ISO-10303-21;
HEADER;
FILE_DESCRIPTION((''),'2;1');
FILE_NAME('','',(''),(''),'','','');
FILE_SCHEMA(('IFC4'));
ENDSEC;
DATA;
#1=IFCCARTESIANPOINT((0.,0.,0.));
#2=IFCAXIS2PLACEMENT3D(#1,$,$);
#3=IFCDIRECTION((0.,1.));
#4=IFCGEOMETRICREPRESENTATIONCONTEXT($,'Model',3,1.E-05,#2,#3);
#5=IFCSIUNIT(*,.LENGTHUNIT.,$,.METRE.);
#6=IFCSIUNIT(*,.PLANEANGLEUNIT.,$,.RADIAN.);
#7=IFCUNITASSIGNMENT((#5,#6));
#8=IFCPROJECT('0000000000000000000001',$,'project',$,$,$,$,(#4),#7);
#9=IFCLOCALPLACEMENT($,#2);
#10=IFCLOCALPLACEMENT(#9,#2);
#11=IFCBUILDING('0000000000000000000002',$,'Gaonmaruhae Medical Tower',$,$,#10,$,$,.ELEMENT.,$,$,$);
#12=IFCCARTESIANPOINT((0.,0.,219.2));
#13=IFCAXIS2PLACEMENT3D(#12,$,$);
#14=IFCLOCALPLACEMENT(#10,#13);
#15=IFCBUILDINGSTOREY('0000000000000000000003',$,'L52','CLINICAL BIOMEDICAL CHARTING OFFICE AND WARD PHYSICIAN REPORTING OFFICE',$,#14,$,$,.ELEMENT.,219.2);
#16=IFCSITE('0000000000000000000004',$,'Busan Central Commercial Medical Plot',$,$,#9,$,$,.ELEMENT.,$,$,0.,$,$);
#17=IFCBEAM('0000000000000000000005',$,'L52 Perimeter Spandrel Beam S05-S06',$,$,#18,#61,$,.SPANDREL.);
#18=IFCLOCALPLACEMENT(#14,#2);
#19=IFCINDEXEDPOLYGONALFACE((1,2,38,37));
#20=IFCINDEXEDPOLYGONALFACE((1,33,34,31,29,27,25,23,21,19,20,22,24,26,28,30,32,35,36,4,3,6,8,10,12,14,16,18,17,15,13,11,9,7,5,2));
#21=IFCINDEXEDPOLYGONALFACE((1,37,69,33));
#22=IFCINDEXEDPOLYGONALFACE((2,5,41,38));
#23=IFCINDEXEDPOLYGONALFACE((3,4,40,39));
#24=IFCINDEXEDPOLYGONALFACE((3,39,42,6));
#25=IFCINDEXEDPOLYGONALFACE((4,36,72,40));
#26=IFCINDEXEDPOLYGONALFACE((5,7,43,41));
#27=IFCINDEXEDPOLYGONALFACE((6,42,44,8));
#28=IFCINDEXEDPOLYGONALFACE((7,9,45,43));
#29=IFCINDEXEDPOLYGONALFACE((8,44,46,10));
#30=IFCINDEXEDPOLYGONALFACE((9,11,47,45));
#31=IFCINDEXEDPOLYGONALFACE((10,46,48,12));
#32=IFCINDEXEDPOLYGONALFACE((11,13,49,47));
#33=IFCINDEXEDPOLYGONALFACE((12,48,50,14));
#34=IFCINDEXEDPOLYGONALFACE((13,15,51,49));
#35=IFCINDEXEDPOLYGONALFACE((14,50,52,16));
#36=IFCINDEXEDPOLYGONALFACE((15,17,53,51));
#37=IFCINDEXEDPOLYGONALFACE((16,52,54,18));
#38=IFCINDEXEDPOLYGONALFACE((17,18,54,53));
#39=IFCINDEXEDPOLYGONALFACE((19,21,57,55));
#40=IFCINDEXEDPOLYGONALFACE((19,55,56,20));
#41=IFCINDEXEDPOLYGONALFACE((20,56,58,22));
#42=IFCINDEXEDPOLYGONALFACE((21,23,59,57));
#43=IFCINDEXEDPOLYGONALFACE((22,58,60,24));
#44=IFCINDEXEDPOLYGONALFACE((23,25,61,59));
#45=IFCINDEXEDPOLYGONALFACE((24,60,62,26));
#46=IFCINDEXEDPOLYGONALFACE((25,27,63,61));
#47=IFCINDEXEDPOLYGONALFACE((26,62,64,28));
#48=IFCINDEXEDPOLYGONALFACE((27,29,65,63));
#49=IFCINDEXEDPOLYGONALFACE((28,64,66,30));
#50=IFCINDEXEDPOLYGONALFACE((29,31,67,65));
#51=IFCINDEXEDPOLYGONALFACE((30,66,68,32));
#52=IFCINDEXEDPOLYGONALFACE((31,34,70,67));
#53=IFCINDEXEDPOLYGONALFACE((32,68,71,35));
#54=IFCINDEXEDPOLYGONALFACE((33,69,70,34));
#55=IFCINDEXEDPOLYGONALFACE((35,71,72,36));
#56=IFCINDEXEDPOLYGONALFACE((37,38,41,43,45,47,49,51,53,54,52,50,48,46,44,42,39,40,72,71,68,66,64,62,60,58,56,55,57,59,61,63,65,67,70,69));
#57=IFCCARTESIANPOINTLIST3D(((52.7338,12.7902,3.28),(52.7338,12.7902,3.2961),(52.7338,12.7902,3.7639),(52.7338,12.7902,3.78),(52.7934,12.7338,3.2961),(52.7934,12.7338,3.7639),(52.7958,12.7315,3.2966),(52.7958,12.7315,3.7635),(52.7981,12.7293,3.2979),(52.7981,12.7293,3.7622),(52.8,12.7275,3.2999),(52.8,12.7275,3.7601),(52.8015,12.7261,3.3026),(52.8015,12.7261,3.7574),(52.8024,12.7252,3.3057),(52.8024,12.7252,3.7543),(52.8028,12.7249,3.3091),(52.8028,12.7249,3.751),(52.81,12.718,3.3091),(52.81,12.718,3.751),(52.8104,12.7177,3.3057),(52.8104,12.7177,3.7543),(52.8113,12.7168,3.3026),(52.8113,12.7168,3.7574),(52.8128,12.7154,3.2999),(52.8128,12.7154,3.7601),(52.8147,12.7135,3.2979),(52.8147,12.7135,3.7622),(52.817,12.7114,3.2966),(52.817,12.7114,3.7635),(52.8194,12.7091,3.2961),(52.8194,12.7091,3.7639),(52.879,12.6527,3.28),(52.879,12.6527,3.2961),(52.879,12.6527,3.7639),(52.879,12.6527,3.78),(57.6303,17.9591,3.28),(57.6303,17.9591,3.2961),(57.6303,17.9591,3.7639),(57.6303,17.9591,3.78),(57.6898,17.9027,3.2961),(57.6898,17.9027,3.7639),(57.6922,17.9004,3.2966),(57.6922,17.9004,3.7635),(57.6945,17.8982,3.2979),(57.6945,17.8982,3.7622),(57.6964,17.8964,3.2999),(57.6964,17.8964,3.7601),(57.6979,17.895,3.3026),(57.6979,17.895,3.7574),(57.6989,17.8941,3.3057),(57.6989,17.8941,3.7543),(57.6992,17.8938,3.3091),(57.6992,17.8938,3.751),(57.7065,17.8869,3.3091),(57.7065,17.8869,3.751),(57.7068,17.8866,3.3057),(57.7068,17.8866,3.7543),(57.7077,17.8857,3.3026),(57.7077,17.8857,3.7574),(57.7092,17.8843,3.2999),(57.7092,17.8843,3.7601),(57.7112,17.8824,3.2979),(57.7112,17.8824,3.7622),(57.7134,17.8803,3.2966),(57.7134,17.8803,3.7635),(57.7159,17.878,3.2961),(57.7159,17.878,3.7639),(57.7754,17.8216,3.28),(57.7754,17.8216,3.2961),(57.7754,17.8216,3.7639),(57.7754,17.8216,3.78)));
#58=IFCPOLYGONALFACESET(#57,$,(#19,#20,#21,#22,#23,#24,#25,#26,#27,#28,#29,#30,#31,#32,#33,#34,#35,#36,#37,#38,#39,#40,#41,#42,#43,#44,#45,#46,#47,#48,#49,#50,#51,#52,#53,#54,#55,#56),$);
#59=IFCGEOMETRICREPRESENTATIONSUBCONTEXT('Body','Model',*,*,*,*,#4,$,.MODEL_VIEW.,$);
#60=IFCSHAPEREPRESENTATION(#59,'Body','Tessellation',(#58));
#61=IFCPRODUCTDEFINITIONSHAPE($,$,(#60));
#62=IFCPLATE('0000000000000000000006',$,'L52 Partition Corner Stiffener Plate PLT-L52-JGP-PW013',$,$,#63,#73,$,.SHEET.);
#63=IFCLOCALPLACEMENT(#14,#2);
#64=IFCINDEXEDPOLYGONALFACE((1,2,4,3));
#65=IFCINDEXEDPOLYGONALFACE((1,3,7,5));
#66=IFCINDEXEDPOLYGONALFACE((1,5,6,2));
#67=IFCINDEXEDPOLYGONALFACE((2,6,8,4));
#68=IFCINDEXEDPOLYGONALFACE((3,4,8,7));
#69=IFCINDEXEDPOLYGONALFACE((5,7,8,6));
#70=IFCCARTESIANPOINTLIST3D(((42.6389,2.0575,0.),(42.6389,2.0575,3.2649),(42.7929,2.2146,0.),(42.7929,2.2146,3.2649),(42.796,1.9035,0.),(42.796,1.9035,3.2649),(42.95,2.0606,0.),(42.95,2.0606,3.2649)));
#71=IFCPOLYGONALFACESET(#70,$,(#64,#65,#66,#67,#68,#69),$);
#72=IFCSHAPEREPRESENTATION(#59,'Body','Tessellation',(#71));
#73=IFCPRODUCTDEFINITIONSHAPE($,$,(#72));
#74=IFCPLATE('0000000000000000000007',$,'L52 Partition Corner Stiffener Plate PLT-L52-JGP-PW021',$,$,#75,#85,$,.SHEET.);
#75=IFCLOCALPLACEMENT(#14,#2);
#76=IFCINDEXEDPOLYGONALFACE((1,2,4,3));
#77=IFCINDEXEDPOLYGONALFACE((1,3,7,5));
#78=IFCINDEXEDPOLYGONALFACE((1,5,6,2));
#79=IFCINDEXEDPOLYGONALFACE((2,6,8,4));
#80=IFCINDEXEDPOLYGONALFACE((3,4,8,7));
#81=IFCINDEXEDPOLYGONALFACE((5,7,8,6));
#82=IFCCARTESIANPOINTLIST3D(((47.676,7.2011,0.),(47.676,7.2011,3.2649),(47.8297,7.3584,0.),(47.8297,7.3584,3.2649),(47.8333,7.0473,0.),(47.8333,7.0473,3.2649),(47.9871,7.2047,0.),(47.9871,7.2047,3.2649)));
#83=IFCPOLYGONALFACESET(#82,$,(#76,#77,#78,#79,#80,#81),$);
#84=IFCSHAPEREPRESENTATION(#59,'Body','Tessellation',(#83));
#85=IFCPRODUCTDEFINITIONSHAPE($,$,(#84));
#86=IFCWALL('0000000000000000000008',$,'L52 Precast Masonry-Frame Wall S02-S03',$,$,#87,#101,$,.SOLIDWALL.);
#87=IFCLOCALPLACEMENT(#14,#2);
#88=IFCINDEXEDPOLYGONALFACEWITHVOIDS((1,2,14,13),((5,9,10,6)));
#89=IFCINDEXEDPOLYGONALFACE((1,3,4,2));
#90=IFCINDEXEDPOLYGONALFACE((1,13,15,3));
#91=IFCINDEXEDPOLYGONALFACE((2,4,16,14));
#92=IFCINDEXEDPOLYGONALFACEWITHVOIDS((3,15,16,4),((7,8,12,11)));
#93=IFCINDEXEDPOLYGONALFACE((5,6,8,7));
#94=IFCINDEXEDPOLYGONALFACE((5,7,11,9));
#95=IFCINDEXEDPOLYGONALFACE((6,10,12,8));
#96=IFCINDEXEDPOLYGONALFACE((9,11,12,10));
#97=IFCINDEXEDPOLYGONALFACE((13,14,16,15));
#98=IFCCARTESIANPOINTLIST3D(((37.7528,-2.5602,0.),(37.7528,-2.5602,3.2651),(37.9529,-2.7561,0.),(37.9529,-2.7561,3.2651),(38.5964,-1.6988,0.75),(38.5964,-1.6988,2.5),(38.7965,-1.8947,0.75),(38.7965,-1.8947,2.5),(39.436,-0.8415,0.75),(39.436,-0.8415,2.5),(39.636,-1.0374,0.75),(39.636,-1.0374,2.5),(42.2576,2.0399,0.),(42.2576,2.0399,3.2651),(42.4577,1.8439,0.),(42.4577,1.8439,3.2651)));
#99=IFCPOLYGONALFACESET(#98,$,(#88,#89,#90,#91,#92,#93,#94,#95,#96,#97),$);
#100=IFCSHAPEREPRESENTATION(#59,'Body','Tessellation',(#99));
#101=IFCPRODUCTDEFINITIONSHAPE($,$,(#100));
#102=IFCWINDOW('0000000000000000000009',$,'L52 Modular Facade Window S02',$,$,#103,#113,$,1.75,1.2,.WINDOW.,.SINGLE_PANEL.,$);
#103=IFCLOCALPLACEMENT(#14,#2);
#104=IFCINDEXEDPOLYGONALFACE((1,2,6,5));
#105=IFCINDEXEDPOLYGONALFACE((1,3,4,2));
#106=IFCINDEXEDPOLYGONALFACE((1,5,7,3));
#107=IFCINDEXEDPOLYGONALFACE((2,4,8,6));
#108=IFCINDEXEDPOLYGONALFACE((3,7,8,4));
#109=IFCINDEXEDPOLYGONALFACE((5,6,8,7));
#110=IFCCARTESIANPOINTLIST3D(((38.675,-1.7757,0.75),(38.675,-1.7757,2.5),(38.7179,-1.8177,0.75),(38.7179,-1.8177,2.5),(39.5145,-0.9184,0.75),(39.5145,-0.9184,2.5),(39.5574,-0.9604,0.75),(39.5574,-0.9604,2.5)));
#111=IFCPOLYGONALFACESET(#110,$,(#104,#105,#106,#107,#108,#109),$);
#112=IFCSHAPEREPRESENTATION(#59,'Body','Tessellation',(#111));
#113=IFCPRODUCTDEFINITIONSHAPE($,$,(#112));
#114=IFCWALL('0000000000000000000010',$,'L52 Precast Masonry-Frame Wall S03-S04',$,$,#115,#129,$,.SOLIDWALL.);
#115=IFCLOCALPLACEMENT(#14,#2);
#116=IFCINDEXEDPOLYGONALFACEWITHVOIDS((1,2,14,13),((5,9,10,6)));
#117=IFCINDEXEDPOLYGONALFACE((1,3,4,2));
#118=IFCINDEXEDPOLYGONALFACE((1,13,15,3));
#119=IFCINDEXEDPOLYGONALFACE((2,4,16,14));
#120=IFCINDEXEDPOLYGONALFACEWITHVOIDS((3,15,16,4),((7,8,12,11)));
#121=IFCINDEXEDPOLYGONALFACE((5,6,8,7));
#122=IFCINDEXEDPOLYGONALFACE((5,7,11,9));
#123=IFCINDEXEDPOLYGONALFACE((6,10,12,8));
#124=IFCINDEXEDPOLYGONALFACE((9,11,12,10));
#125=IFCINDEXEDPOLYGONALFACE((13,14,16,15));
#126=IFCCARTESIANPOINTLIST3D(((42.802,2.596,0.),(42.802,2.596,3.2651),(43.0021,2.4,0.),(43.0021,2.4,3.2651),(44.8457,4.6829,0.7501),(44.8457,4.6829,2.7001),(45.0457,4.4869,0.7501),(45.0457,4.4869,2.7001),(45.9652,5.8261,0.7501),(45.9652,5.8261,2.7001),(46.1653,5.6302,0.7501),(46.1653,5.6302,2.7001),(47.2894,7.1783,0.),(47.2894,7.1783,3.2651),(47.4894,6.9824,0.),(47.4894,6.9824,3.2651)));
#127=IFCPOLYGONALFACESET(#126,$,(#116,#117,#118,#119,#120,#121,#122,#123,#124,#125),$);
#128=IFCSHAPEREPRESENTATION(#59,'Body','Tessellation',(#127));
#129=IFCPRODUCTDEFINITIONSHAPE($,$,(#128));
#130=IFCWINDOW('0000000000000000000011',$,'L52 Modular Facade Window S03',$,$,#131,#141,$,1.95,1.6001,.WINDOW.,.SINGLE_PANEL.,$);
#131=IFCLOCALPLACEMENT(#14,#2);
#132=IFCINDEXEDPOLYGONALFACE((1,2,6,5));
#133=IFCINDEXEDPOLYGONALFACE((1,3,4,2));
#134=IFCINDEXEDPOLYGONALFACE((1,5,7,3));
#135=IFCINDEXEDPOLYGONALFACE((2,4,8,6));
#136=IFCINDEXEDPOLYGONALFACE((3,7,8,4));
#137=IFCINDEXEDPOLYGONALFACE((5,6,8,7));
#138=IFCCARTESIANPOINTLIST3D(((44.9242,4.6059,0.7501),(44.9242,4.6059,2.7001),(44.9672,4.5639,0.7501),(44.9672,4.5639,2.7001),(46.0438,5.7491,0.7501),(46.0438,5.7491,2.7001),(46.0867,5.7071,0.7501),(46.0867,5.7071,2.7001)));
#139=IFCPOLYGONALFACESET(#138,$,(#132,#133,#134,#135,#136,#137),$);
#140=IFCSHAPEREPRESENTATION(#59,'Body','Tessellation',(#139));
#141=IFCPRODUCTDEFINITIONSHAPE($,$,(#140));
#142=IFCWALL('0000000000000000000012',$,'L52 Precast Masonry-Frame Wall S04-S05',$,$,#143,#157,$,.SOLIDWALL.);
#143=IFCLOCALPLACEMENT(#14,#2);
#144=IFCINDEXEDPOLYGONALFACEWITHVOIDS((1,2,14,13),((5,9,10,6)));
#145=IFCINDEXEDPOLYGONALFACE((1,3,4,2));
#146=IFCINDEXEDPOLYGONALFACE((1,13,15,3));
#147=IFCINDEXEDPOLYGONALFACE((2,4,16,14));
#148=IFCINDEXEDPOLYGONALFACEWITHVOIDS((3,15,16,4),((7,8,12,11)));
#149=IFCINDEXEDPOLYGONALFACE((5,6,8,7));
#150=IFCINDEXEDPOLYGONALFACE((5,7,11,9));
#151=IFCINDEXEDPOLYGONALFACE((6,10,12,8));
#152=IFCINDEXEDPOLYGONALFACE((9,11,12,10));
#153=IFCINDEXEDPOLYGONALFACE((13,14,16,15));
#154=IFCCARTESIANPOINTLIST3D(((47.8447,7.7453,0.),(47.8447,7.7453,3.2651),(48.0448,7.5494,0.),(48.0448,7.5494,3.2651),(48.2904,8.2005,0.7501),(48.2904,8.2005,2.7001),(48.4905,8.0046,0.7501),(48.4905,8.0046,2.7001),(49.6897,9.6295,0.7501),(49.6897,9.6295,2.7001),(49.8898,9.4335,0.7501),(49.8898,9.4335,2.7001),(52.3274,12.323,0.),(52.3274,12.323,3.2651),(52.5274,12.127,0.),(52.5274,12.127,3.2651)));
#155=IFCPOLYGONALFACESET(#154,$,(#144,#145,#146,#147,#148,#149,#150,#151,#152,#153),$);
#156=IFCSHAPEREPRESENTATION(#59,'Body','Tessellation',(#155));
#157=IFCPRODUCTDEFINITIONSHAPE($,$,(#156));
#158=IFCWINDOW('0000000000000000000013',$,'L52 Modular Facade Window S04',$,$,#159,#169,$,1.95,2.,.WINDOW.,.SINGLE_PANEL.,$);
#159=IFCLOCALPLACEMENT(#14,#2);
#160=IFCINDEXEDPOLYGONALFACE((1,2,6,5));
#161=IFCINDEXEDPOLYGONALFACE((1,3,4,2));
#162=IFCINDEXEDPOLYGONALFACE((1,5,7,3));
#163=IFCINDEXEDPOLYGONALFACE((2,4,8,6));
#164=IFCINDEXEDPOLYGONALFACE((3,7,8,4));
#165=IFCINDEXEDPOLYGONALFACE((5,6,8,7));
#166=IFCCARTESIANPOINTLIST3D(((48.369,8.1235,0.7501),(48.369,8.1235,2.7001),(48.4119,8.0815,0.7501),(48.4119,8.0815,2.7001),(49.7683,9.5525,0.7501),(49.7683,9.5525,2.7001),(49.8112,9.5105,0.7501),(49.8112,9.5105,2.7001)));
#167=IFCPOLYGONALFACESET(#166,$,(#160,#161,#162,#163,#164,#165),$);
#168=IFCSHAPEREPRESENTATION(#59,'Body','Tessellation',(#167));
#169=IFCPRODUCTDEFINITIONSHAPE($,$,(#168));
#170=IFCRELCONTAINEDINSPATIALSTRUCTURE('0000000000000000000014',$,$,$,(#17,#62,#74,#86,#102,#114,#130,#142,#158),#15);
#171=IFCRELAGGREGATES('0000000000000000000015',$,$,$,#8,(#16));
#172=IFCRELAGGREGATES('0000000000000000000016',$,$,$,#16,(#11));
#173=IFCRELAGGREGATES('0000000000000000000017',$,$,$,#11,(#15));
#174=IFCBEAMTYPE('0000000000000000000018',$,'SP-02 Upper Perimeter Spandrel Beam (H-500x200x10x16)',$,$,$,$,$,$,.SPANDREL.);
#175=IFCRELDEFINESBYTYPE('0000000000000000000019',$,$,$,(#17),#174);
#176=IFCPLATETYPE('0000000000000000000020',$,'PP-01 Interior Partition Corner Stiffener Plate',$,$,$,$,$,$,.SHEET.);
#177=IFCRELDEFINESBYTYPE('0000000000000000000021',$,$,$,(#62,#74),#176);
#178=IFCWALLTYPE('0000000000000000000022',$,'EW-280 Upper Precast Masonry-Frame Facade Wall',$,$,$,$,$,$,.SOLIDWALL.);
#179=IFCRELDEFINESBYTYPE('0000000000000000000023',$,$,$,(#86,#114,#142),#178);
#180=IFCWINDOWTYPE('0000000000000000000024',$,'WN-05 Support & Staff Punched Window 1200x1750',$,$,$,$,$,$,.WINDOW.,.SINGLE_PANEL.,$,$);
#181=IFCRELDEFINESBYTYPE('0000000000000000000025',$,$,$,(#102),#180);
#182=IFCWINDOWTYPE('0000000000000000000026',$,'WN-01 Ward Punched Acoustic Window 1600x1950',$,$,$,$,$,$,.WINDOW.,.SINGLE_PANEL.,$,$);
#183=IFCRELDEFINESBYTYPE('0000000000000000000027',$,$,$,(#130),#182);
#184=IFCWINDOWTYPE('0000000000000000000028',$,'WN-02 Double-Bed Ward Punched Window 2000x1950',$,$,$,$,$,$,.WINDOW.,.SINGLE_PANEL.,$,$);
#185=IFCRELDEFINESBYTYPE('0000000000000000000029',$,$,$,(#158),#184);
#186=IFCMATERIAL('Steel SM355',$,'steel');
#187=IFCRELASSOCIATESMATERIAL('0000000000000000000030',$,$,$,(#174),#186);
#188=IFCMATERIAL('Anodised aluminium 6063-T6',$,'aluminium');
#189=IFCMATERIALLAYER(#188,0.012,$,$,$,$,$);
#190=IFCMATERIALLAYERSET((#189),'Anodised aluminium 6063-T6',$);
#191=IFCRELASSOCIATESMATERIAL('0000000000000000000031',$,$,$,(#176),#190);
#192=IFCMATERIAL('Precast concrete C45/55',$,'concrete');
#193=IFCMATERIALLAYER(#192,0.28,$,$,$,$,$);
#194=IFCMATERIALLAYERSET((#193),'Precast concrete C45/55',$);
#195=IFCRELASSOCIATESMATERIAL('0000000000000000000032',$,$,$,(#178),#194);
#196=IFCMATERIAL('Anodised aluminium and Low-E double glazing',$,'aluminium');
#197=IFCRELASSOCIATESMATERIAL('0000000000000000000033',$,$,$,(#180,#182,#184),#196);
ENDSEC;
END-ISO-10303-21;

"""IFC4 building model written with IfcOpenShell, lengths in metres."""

from ifc_helpers import new_model, si_unit, direction, frame, frame_2d, origin, origin_2d, place, context, subcontext, project, spatial, rectangle, i_section, extrude, material, layer, layer_set, material_profile, profile_set, type_object, element, fill, save


model = new_model("IFC4")

# Units and contexts
model_context = context("Model", 3, precision=1e-05, world=origin(), true_north=direction((0.0, 1.0)))
body_context = subcontext(model_context, "Body", "Model", "MODEL_VIEW")
ifc_project = project(units=[si_unit("LENGTHUNIT", "METRE"), si_unit("PLANEANGLEUNIT", "RADIAN")], contexts=[model_context])

# Site, building, storey
site_placement = place(None, origin())
site = spatial("IfcSite", under=ifc_project, at=site_placement, Name="Busan Central Commercial Medical Plot", CompositionType="ELEMENT", RefElevation=0.0)
building_placement = place(site_placement, origin())
building = spatial("IfcBuilding", under=site, at=building_placement, Name="Gaonmaruhae Medical Tower", CompositionType="ELEMENT")
storey_placement = place(building_placement, frame((0.0, 0.0, 219.2)))
storey = spatial("IfcBuildingStorey", under=building, at=storey_placement, Name="L52", Description="CLINICAL BIOMEDICAL CHARTING OFFICE AND WARD PHYSICIAN REPORTING OFFICE", CompositionType="ELEMENT", Elevation=219.2)

# Beam
ifc_material_1 = material(Name="Steel SM355", Category="steel")
ifc_material_profile_1 = material_profile(ifc_material_1, i_section(OverallWidth=0.2, OverallDepth=0.5, WebThickness=0.01, FlangeThickness=0.0161, FilletRadius=0.0129, at=origin_2d()), Name="H-500x200x10x16")
ifc_profile_set_1 = profile_set([ifc_material_profile_1], Name="Steel SM355")
beam_type_1 = type_object("IfcBeamType", Name="SP-02 Upper Perimeter Spandrel Beam (H-500x200x10x16)", PredefinedType="SPANDREL", material=ifc_profile_set_1)
for number, where, z_axis, x_axis, name in (
    (1, (52.8064, 12.7214, 3.53), (0.687714, 0.725982, 0.0), (-0.725982, 0.687714, 0.0), "L52 Perimeter Spandrel Beam S05-S06"),
):
    element("IfcBeam", number, at=place(storey_placement, frame(where, z_axis=z_axis, x_axis=x_axis)), inside=storey, type_object=beam_type_1, Name=name, PredefinedType="SPANDREL", context=body_context, shape_type="SweptSolid", body=[
        extrude(i_section(OverallWidth=0.2, OverallDepth=0.5, WebThickness=0.01, FlangeThickness=0.0161, FilletRadius=0.0129, at=origin_2d()), origin(), (0.0, 0.0, 1.0), 7.1199),
    ])

# Plates
ifc_material_2 = material(Name="Anodised aluminium 6063-T6", Category="aluminium")
ifc_layer_1 = layer(ifc_material_2, 0.012)
ifc_layer_set_1 = layer_set([ifc_layer_1], Name="Anodised aluminium 6063-T6")
plate_type = type_object("IfcPlateType", Name="PP-01 Interior Partition Corner Stiffener Plate", PredefinedType="SHEET", material=ifc_layer_set_1)
for number, where, z_axis, x_axis, name in (
    (2, (42.7944, 2.0591, 0.0), (0.0, 0.0, 1.0), (-0.700012, -0.714131, 0.0), "L52 Partition Corner Stiffener Plate PLT-L52-JGP-PW013"),
    (3, (47.8315, 7.2029, 0.0), (0.0, 0.0, 1.0), (-0.698877, -0.715242, 0.0), "L52 Partition Corner Stiffener Plate PLT-L52-JGP-PW021"),
):
    element("IfcPlate", number, at=place(storey_placement, frame(where, z_axis=z_axis, x_axis=x_axis)), inside=storey, type_object=plate_type, Name=name, PredefinedType="SHEET", context=body_context, shape_type="SweptSolid", body=[
        extrude(rectangle(XDim=0.22, YDim=0.22, at=origin_2d()), origin(), (0.0, 0.0, 1.0), 3.2649),
    ])

# Walls, openings, windows
ifc_material_3 = material(Name="Precast concrete C45/55", Category="concrete")
ifc_layer_2 = layer(ifc_material_3, 0.28)
ifc_layer_set_2 = layer_set([ifc_layer_2], Name="Precast concrete C45/55")
wall_type_1 = type_object("IfcWallType", Name="EW-280 Upper Precast Masonry-Frame Facade Wall", PredefinedType="SOLIDWALL", material=ifc_layer_set_2)
wall_1_placement = place(storey_placement, frame((42.3577, 1.9419, 0.0), z_axis=(0.0, 0.0, 1.0), x_axis=(-0.699674, -0.714462, 0.0)))
wall_1 = element("IfcWall", 4, at=wall_1_placement, inside=storey, type_object=wall_type_1, Name="L52 Precast Masonry-Frame Wall S02-S03", PredefinedType="SOLIDWALL", context=body_context, shape_type="SweptSolid", body=[
    extrude(rectangle(XDim=6.4385, YDim=0.28, at=frame_2d((3.2192, 0.0))), origin(), (0.0, 0.0, 1.0), 3.2651),
])
opening_1_placement = place(wall_1_placement, frame((4.0327, 0.0, 0.75)))
opening_1 = element("IfcOpeningElement", 5, at=opening_1_placement, cuts=wall_1, PredefinedType="OPENING", context=body_context, shape_type="SweptSolid", body=[
    extrude(rectangle(XDim=1.2, YDim=1.75, at=frame_2d((0.6001, 0.875))), frame((0.0, 0.1499, 0.0), z_axis=(0.0, -1.0, 0.0), x_axis=(1.0, 0.0, 0.0)), (0.0, 0.0, 1.0), 0.3),
])
ifc_material_4 = material(Name="Anodised aluminium and Low-E double glazing", Category="aluminium")
window_type_1 = type_object("IfcWindowType", Name="WN-05 Support & Staff Punched Window 1200x1750", PartitioningType="SINGLE_PANEL", PredefinedType="WINDOW", material=ifc_material_4)
window_1_placement = place(opening_1_placement, origin())
window_1 = element("IfcWindow", 6, at=window_1_placement, inside=storey, type_object=window_type_1, Name="L52 Modular Facade Window S02", OverallHeight=1.75, OverallWidth=1.2, PartitioningType="SINGLE_PANEL", PredefinedType="WINDOW", context=body_context, shape_type="SweptSolid", body=[
    extrude(rectangle(XDim=1.2, YDim=1.75, at=frame_2d((0.6001, 0.875))), frame((0.0, 0.03, 0.0), z_axis=(0.0, -1.0, 0.0), x_axis=(1.0, 0.0, 0.0)), (0.0, 0.0, 1.0), 0.0601),
])
fill(opening_1, window_1)
wall_2_placement = place(storey_placement, frame((47.3894, 7.0803, 0.0), z_axis=(0.0, 0.0, 1.0), x_axis=(-0.699664, -0.714472, 0.0)))
wall_2 = element("IfcWall", 7, at=wall_2_placement, inside=storey, type_object=wall_type_1, Name="L52 Precast Masonry-Frame Wall S03-S04", PredefinedType="SOLIDWALL", context=body_context, shape_type="SweptSolid", body=[
    extrude(rectangle(XDim=6.4136, YDim=0.28, at=frame_2d((3.2068, 0.0))), origin(), (0.0, 0.0, 1.0), 3.2651),
])
opening_2_placement = place(wall_2_placement, frame((1.8926, 0.0, 0.75)))
opening_2 = element("IfcOpeningElement", 8, at=opening_2_placement, cuts=wall_2, PredefinedType="OPENING", context=body_context, shape_type="SweptSolid", body=[
    extrude(rectangle(XDim=1.6001, YDim=1.95, at=frame_2d((0.8, 0.9751))), frame((0.0, 0.1499, 0.0), z_axis=(0.0, -1.0, 0.0), x_axis=(1.0, 0.0, 0.0)), (0.0, 0.0, 1.0), 0.3),
])
window_type_2 = type_object("IfcWindowType", Name="WN-01 Ward Punched Acoustic Window 1600x1950", PartitioningType="SINGLE_PANEL", PredefinedType="WINDOW", material=ifc_material_4)
window_2_placement = place(opening_2_placement, origin())
window_2 = element("IfcWindow", 9, at=window_2_placement, inside=storey, type_object=window_type_2, Name="L52 Modular Facade Window S03", OverallHeight=1.95, OverallWidth=1.6001, PartitioningType="SINGLE_PANEL", PredefinedType="WINDOW", context=body_context, shape_type="SweptSolid", body=[
    extrude(rectangle(XDim=1.6001, YDim=1.95, at=frame_2d((0.8, 0.9751))), frame((0.0, 0.03, 0.0), z_axis=(0.0, -1.0, 0.0), x_axis=(1.0, 0.0, 0.0)), (0.0, 0.0, 1.0), 0.0601),
])
fill(opening_2, window_2)
wall_3_placement = place(storey_placement, frame((52.4275, 12.2251, 0.0), z_axis=(0.0, 0.0, 1.0), x_axis=(-0.699656, -0.714479, 0.0)))
wall_3 = element("IfcWall", 10, at=wall_3_placement, inside=storey, type_object=wall_type_1, Name="L52 Precast Masonry-Frame Wall S04-S05", PredefinedType="SOLIDWALL", context=body_context, shape_type="SweptSolid", body=[
    extrude(rectangle(XDim=6.407, YDim=0.28, at=frame_2d((3.2036, 0.0))), origin(), (0.0, 0.0, 1.0), 3.2651),
])
opening_3_placement = place(wall_3_placement, frame((3.77, 0.0, 0.75)))
opening_3 = element("IfcOpeningElement", 11, at=opening_3_placement, cuts=wall_3, PredefinedType="OPENING", context=body_context, shape_type="SweptSolid", body=[
    extrude(rectangle(XDim=2.0, YDim=1.95, at=frame_2d((1.0, 0.9751))), frame((0.0, 0.1499, 0.0), z_axis=(0.0, -1.0, 0.0), x_axis=(1.0, 0.0, 0.0)), (0.0, 0.0, 1.0), 0.3),
])
window_type_3 = type_object("IfcWindowType", Name="WN-02 Double-Bed Ward Punched Window 2000x1950", PartitioningType="SINGLE_PANEL", PredefinedType="WINDOW", material=ifc_material_4)
window_3_placement = place(opening_3_placement, origin())
window_3 = element("IfcWindow", 12, at=window_3_placement, inside=storey, type_object=window_type_3, Name="L52 Modular Facade Window S04", OverallHeight=1.95, OverallWidth=2.0, PartitioningType="SINGLE_PANEL", PredefinedType="WINDOW", context=body_context, shape_type="SweptSolid", body=[
    extrude(rectangle(XDim=2.0, YDim=1.95, at=frame_2d((1.0, 0.9751))), frame((0.0, 0.03, 0.0), z_axis=(0.0, -1.0, 0.0), x_axis=(1.0, 0.0, 0.0)), (0.0, 0.0, 1.0), 0.0601),
])
fill(opening_3, window_3)

save(model, "model.ifc")
